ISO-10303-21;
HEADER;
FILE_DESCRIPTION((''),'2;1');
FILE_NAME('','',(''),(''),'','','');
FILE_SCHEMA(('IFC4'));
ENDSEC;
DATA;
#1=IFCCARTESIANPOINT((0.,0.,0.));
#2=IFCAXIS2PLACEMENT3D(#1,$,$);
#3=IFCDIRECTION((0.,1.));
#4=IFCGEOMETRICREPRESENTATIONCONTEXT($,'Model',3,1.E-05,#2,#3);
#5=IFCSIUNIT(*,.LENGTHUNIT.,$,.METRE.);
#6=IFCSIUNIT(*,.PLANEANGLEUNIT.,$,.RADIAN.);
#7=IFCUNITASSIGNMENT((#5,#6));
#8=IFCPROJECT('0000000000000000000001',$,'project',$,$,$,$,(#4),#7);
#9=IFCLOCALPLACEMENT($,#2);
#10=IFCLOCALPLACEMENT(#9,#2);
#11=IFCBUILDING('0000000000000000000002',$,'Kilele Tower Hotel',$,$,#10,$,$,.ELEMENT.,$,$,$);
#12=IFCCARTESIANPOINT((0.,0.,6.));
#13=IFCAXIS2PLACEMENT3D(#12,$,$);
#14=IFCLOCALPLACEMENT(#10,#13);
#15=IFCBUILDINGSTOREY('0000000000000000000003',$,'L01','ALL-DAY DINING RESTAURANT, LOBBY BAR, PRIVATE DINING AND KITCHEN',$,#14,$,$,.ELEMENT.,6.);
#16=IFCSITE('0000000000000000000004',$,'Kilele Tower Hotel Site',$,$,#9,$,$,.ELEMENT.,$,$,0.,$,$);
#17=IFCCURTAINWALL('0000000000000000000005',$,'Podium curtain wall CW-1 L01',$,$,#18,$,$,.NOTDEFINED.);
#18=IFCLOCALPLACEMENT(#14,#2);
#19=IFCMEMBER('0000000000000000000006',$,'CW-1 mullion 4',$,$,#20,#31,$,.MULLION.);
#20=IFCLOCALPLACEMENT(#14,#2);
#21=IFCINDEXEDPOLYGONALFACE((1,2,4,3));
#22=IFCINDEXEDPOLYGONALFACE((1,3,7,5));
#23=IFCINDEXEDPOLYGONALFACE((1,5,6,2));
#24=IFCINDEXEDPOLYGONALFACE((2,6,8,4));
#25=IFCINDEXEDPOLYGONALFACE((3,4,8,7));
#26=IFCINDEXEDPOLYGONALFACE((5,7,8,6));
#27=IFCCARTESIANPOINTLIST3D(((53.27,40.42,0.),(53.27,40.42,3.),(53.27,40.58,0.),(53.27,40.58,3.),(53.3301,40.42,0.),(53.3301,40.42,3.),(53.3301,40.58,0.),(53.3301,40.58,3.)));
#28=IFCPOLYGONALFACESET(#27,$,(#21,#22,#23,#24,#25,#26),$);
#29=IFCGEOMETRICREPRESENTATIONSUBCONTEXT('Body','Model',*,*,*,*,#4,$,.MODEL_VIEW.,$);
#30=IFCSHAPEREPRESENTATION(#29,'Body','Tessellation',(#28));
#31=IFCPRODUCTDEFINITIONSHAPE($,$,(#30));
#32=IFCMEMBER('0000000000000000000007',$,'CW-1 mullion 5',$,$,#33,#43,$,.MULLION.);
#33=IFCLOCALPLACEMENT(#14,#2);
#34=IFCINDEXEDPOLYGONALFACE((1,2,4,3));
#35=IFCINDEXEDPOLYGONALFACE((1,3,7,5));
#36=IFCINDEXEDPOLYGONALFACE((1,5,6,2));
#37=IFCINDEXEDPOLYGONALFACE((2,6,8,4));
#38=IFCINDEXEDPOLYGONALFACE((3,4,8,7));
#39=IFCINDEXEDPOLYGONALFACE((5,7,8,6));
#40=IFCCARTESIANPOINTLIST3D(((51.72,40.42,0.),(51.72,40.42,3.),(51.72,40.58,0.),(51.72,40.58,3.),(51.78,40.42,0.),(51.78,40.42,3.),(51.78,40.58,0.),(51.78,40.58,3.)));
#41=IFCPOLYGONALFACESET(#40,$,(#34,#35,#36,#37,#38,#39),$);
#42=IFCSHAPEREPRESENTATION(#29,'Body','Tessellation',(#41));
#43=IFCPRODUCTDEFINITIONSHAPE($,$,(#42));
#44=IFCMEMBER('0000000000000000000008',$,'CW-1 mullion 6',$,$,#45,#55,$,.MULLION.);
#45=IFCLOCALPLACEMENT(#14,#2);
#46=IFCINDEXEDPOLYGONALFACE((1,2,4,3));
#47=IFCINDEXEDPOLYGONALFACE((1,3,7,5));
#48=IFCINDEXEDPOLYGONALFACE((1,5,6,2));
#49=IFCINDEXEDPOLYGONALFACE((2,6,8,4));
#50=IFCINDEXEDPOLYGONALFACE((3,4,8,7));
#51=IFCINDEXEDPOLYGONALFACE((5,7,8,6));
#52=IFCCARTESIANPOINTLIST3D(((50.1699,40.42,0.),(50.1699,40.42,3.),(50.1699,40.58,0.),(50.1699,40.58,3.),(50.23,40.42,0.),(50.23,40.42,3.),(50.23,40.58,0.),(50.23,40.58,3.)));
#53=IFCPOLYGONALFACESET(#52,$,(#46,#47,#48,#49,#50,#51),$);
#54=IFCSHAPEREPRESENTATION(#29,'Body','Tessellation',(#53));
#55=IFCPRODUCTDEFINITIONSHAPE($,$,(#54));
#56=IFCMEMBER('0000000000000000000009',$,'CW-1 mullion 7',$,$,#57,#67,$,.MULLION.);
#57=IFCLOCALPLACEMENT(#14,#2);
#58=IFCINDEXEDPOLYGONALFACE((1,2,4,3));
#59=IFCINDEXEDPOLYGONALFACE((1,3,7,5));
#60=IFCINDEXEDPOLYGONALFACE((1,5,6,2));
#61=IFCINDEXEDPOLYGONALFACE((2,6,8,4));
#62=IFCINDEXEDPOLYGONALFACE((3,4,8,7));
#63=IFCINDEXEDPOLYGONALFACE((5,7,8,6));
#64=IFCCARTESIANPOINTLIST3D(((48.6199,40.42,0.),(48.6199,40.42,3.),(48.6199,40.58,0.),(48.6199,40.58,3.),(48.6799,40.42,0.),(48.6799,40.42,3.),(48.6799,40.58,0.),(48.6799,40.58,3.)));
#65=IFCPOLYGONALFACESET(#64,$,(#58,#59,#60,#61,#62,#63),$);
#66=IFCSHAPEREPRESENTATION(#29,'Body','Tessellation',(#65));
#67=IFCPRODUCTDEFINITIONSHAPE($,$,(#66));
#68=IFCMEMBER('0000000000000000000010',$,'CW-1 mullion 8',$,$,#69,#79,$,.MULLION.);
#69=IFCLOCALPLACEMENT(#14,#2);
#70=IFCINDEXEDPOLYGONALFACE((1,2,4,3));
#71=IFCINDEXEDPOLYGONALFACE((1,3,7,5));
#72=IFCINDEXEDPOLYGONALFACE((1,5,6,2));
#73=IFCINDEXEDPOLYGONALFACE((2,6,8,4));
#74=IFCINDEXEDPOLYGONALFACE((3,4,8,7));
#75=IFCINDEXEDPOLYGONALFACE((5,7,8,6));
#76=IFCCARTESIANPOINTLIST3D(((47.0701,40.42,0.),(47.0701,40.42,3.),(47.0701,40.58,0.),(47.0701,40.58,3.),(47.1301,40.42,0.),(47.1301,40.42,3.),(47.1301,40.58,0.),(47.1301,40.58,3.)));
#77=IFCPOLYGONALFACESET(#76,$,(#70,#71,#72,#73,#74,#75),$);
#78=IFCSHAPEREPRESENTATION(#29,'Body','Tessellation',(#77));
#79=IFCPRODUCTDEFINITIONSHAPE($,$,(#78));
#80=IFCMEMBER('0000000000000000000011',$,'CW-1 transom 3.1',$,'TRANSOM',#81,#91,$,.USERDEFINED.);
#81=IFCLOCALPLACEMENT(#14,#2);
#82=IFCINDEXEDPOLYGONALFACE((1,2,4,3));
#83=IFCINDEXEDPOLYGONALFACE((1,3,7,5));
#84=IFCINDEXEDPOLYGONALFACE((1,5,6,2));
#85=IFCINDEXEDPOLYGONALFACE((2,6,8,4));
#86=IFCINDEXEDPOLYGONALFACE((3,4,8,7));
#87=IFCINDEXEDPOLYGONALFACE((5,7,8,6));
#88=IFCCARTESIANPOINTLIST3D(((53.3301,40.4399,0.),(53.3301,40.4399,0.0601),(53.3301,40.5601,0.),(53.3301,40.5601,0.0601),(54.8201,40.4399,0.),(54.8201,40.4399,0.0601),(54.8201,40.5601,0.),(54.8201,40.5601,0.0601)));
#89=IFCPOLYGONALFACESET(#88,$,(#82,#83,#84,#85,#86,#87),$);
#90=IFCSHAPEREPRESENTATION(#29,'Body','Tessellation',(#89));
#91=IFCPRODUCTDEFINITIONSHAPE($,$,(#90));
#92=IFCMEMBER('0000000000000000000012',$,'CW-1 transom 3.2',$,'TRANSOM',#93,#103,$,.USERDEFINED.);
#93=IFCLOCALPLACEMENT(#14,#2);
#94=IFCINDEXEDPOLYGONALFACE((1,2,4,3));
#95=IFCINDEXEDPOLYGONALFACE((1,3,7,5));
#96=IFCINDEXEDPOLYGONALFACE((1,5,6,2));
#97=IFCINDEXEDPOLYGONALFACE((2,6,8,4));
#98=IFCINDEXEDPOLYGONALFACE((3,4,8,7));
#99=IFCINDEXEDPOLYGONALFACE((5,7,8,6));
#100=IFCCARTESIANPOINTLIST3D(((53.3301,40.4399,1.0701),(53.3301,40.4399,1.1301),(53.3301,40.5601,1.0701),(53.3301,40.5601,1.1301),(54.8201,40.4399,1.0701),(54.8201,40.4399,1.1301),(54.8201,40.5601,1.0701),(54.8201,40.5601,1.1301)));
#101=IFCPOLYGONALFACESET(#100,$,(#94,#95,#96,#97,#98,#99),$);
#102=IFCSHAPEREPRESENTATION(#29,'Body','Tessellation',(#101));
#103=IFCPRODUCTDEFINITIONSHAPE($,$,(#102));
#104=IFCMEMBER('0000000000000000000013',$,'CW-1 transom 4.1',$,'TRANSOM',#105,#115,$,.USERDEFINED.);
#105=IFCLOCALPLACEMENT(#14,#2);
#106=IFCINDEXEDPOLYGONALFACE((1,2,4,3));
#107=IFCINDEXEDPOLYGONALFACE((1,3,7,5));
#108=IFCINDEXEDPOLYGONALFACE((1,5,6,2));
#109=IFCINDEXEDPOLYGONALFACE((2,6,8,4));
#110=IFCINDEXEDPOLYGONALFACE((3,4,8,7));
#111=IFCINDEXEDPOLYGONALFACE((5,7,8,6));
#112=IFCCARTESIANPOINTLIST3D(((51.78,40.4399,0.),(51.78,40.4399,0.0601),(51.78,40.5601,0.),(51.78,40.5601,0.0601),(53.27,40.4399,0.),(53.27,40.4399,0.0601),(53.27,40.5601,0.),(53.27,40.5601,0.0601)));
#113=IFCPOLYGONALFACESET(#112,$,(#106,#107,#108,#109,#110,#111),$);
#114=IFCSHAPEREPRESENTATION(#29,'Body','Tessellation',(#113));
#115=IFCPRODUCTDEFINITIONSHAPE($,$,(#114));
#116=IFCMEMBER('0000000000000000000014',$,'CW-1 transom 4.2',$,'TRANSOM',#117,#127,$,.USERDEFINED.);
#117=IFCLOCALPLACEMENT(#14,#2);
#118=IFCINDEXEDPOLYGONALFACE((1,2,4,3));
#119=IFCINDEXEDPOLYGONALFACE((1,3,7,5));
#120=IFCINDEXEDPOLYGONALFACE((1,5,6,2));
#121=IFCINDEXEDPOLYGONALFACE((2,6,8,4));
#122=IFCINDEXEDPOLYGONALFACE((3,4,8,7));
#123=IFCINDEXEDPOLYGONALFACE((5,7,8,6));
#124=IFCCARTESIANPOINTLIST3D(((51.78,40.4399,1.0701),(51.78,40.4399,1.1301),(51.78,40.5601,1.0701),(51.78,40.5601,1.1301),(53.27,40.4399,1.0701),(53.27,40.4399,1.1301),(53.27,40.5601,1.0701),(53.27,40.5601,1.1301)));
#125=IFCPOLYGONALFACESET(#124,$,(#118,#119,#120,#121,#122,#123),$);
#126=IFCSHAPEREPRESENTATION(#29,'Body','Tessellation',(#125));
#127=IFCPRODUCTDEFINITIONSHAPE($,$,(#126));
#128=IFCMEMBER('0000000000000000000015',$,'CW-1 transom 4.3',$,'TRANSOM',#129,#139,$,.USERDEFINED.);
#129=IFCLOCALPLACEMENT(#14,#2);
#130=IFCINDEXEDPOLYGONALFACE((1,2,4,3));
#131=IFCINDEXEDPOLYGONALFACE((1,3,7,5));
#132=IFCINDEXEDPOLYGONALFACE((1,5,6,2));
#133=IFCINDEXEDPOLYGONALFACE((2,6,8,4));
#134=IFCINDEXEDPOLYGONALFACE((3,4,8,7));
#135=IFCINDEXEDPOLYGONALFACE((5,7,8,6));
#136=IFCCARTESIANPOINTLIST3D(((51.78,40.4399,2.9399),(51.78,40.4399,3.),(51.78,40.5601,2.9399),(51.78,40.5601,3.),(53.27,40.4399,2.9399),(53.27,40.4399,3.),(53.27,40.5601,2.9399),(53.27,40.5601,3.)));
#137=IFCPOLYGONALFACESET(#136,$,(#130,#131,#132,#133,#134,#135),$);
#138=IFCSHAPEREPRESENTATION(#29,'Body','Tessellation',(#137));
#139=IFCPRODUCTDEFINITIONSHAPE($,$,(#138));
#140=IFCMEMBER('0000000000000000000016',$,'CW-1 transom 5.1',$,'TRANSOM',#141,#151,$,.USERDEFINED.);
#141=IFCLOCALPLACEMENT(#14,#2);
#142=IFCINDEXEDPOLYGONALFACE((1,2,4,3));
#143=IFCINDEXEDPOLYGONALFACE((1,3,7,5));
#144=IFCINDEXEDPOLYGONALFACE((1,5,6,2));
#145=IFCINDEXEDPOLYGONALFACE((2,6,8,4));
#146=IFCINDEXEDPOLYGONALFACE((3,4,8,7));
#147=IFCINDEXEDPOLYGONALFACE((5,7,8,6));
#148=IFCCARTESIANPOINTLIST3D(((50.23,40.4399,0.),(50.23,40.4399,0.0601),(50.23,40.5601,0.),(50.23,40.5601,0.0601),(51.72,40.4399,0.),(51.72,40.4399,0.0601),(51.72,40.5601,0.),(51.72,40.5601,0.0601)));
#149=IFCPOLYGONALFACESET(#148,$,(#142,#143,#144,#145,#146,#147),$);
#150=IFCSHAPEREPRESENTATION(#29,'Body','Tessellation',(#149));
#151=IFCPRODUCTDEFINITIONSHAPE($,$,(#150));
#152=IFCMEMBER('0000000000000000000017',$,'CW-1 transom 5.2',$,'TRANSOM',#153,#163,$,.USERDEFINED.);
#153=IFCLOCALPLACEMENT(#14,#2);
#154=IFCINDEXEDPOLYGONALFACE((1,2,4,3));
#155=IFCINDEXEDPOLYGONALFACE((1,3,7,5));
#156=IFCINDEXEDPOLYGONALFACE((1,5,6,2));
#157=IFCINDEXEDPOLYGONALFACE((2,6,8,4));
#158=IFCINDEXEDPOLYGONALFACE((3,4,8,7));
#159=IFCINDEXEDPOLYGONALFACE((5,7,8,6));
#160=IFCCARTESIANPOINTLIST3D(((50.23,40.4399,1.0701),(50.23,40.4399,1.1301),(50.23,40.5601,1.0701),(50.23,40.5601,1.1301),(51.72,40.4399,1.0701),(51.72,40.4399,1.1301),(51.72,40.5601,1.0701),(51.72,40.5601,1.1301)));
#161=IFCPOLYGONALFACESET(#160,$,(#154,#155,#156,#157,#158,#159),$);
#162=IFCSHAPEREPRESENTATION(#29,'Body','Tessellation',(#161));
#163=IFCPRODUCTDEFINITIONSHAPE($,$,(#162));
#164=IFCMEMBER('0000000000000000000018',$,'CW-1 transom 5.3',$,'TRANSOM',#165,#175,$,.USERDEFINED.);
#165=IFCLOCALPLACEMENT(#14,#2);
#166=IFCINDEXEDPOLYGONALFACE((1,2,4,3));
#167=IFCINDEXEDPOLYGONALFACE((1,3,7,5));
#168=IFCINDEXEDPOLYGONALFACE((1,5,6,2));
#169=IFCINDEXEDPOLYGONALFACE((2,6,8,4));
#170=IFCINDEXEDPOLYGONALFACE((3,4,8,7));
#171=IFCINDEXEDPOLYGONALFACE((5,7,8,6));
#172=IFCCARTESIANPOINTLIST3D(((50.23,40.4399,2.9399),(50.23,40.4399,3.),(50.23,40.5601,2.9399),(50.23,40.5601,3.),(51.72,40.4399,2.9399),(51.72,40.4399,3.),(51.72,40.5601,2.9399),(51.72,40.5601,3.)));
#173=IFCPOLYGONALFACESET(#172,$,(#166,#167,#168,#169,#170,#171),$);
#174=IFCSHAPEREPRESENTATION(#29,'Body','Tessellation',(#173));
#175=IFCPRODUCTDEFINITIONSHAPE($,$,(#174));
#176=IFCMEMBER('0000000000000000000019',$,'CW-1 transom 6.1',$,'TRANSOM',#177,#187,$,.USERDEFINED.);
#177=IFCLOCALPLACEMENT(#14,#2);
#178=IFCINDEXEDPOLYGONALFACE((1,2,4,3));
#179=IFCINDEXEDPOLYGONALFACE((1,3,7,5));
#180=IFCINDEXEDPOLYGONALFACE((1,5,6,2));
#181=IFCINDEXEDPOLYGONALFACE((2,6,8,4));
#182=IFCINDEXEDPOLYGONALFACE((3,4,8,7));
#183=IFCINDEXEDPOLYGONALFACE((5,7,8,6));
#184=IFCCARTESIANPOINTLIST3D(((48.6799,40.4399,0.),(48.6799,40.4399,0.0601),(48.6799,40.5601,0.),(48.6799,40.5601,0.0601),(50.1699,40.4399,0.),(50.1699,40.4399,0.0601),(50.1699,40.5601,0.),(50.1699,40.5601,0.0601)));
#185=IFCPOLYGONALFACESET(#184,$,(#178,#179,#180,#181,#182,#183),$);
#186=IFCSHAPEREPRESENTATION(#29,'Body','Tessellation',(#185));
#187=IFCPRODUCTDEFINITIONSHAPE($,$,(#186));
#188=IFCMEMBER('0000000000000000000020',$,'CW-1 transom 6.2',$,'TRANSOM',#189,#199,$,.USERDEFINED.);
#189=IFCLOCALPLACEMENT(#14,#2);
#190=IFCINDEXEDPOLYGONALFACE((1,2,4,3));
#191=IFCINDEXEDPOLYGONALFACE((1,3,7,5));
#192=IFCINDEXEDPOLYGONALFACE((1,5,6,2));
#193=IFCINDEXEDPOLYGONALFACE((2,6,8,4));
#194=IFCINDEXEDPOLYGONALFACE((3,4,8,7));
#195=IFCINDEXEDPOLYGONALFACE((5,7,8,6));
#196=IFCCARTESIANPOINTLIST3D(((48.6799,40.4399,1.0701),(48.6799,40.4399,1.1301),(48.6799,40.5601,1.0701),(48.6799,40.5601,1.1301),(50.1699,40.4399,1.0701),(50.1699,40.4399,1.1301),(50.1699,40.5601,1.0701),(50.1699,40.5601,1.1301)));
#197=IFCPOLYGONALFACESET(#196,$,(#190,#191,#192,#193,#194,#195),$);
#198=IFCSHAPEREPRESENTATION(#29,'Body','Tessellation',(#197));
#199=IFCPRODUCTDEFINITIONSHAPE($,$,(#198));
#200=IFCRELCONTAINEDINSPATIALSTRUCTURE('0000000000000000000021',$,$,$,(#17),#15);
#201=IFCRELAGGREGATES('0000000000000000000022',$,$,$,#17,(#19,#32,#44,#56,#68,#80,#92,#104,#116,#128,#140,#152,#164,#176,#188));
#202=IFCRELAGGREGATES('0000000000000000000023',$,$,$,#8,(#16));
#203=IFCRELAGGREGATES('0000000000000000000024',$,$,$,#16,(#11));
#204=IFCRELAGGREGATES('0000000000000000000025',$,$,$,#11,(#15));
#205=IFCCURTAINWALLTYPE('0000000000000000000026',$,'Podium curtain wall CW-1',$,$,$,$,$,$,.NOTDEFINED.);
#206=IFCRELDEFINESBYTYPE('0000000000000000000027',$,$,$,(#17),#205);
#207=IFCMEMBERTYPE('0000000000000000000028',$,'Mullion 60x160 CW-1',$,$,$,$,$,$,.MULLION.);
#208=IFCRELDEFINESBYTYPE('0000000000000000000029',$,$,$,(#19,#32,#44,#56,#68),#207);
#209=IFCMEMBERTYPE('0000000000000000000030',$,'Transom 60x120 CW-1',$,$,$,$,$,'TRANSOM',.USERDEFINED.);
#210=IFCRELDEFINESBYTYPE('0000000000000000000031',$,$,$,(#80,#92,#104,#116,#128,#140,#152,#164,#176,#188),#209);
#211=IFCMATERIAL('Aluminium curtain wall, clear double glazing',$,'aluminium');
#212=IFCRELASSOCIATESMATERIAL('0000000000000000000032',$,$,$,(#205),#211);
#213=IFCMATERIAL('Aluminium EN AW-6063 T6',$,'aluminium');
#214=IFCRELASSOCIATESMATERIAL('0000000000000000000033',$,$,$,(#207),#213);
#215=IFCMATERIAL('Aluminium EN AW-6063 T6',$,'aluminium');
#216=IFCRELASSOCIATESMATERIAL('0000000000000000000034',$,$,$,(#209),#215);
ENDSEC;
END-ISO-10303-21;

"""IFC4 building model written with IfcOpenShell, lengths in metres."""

from ifc_helpers import new_model, si_unit, direction, frame, origin, origin_2d, place, context, subcontext, project, spatial, rectangle, extrude, material, material_profile, profile_set, type_object, element, aggregate, save


model = new_model("IFC4")

# Units and contexts
model_context = context("Model", 3, precision=1e-05, world=origin(), true_north=direction((0.0, 1.0)))
body_context = subcontext(model_context, "Body", "Model", "MODEL_VIEW")
ifc_project = project(units=[si_unit("LENGTHUNIT", "METRE"), si_unit("PLANEANGLEUNIT", "RADIAN")], contexts=[model_context])

# Site, building, storey
site_placement = place(None, origin())
site = spatial("IfcSite", under=ifc_project, at=site_placement, Name="Kilele Tower Hotel Site", CompositionType="ELEMENT", RefElevation=0.0)
building_placement = place(site_placement, origin())
building = spatial("IfcBuilding", under=site, at=building_placement, Name="Kilele Tower Hotel", CompositionType="ELEMENT")
storey_placement = place(building_placement, frame((0.0, 0.0, 6.0)))
storey = spatial("IfcBuildingStorey", under=building, at=storey_placement, Name="L01", Description="ALL-DAY DINING RESTAURANT, LOBBY BAR, PRIVATE DINING AND KITCHEN", CompositionType="ELEMENT", Elevation=6.0)

# Curtain wall, members
ifc_material_1 = material(Name="Aluminium curtain wall, clear double glazing", Category="aluminium")
curtain_wall_type = type_object("IfcCurtainWallType", Name="Podium curtain wall CW-1", PredefinedType="NOTDEFINED", material=ifc_material_1)
curtain_wall_placement = place(storey_placement, origin())
curtain_wall = element("IfcCurtainWall", 1, at=curtain_wall_placement, inside=storey, type_object=curtain_wall_type, Name="Podium curtain wall CW-1 L01", PredefinedType="NOTDEFINED")
ifc_material_2 = material(Name="Aluminium EN AW-6063 T6", Category="aluminium")
ifc_material_profile_1 = material_profile(ifc_material_2, rectangle(XDim=0.1599, YDim=0.0601, at=origin_2d()))
ifc_profile_set_1 = profile_set([ifc_material_profile_1], Name="Aluminium EN AW-6063 T6")
member_type_1 = type_object("IfcMemberType", Name="Mullion 60x160 CW-1", PredefinedType="MULLION", material=ifc_profile_set_1)
member_1_placement = place(storey_placement, frame((53.3, 40.5, 0.0), z_axis=(0.0, 0.0, 1.0), x_axis=(0.0, -1.0, 0.0)))
member_1 = element("IfcMember", 2, at=member_1_placement, type_object=member_type_1, Name="CW-1 mullion 4", PredefinedType="MULLION", context=body_context, shape_type="SweptSolid", body=[
    extrude(rectangle(XDim=0.1599, YDim=0.0601, at=origin_2d()), origin(), (0.0, 0.0, 1.0), 3.0),
])
member_2_placement = place(storey_placement, frame((51.75, 40.5, 0.0), z_axis=(0.0, 0.0, 1.0), x_axis=(0.0, -1.0, 0.0)))
member_2 = element("IfcMember", 3, at=member_2_placement, type_object=member_type_1, Name="CW-1 mullion 5", PredefinedType="MULLION", context=body_context, shape_type="SweptSolid", body=[
    extrude(rectangle(XDim=0.1599, YDim=0.0601, at=origin_2d()), origin(), (0.0, 0.0, 1.0), 3.0),
])
member_3_placement = place(storey_placement, frame((50.2, 40.5, 0.0), z_axis=(0.0, 0.0, 1.0), x_axis=(0.0, -1.0, 0.0)))
member_3 = element("IfcMember", 4, at=member_3_placement, type_object=member_type_1, Name="CW-1 mullion 6", PredefinedType="MULLION", context=body_context, shape_type="SweptSolid", body=[
    extrude(rectangle(XDim=0.1599, YDim=0.0601, at=origin_2d()), origin(), (0.0, 0.0, 1.0), 3.0),
])
member_4_placement = place(storey_placement, frame((48.6499, 40.5, 0.0), z_axis=(0.0, 0.0, 1.0), x_axis=(0.0, -1.0, 0.0)))
member_4 = element("IfcMember", 5, at=member_4_placement, type_object=member_type_1, Name="CW-1 mullion 7", PredefinedType="MULLION", context=body_context, shape_type="SweptSolid", body=[
    extrude(rectangle(XDim=0.1599, YDim=0.0601, at=origin_2d()), origin(), (0.0, 0.0, 1.0), 3.0),
])
member_5_placement = place(storey_placement, frame((47.1001, 40.5, 0.0), z_axis=(0.0, 0.0, 1.0), x_axis=(0.0, -1.0, 0.0)))
member_5 = element("IfcMember", 6, at=member_5_placement, type_object=member_type_1, Name="CW-1 mullion 8", PredefinedType="MULLION", context=body_context, shape_type="SweptSolid", body=[
    extrude(rectangle(XDim=0.1599, YDim=0.0601, at=origin_2d()), origin(), (0.0, 0.0, 1.0), 3.0),
])
ifc_material_3 = material(Name="Aluminium EN AW-6063 T6", Category="aluminium")
ifc_material_profile_2 = material_profile(ifc_material_3, rectangle(XDim=0.1201, YDim=0.0601, at=origin_2d()))
ifc_profile_set_2 = profile_set([ifc_material_profile_2], Name="Aluminium EN AW-6063 T6")
member_type_2 = type_object("IfcMemberType", Name="Transom 60x120 CW-1", ElementType="TRANSOM", PredefinedType="USERDEFINED", material=ifc_profile_set_2)
member_6_placement = place(storey_placement, frame((54.8201, 40.5, 0.03), z_axis=(-1.0, 0.0, 0.0), x_axis=(0.0, -1.0, 0.0)))
member_6 = element("IfcMember", 7, at=member_6_placement, type_object=member_type_2, Name="CW-1 transom 3.1", ObjectType="TRANSOM", PredefinedType="USERDEFINED", context=body_context, shape_type="SweptSolid", body=[
    extrude(rectangle(XDim=0.1201, YDim=0.0601, at=origin_2d()), origin(), (0.0, 0.0, 1.0), 1.49),
])
member_7_placement = place(storey_placement, frame((54.8201, 40.5, 1.1001), z_axis=(-1.0, 0.0, 0.0), x_axis=(0.0, -1.0, 0.0)))
member_7 = element("IfcMember", 8, at=member_7_placement, type_object=member_type_2, Name="CW-1 transom 3.2", ObjectType="TRANSOM", PredefinedType="USERDEFINED", context=body_context, shape_type="SweptSolid", body=[
    extrude(rectangle(XDim=0.1201, YDim=0.0601, at=origin_2d()), origin(), (0.0, 0.0, 1.0), 1.49),
])
member_8_placement = place(storey_placement, frame((53.27, 40.5, 0.03), z_axis=(-1.0, 0.0, 0.0), x_axis=(0.0, -1.0, 0.0)))
member_8 = element("IfcMember", 9, at=member_8_placement, type_object=member_type_2, Name="CW-1 transom 4.1", ObjectType="TRANSOM", PredefinedType="USERDEFINED", context=body_context, shape_type="SweptSolid", body=[
    extrude(rectangle(XDim=0.1201, YDim=0.0601, at=origin_2d()), origin(), (0.0, 0.0, 1.0), 1.49),
])
member_9_placement = place(storey_placement, frame((53.27, 40.5, 1.1001), z_axis=(-1.0, 0.0, 0.0), x_axis=(0.0, -1.0, 0.0)))
member_9 = element("IfcMember", 10, at=member_9_placement, type_object=member_type_2, Name="CW-1 transom 4.2", ObjectType="TRANSOM", PredefinedType="USERDEFINED", context=body_context, shape_type="SweptSolid", body=[
    extrude(rectangle(XDim=0.1201, YDim=0.0601, at=origin_2d()), origin(), (0.0, 0.0, 1.0), 1.49),
])
member_10_placement = place(storey_placement, frame((53.27, 40.5, 2.97), z_axis=(-1.0, 0.0, 0.0), x_axis=(0.0, -1.0, 0.0)))
member_10 = element("IfcMember", 11, at=member_10_placement, type_object=member_type_2, Name="CW-1 transom 4.3", ObjectType="TRANSOM", PredefinedType="USERDEFINED", context=body_context, shape_type="SweptSolid", body=[
    extrude(rectangle(XDim=0.1201, YDim=0.0601, at=origin_2d()), origin(), (0.0, 0.0, 1.0), 1.49),
])
member_11_placement = place(storey_placement, frame((51.72, 40.5, 0.03), z_axis=(-1.0, 0.0, 0.0), x_axis=(0.0, -1.0, 0.0)))
member_11 = element("IfcMember", 12, at=member_11_placement, type_object=member_type_2, Name="CW-1 transom 5.1", ObjectType="TRANSOM", PredefinedType="USERDEFINED", context=body_context, shape_type="SweptSolid", body=[
    extrude(rectangle(XDim=0.1201, YDim=0.0601, at=origin_2d()), origin(), (0.0, 0.0, 1.0), 1.49),
])
member_12_placement = place(storey_placement, frame((51.72, 40.5, 1.1001), z_axis=(-1.0, 0.0, 0.0), x_axis=(0.0, -1.0, 0.0)))
member_12 = element("IfcMember", 13, at=member_12_placement, type_object=member_type_2, Name="CW-1 transom 5.2", ObjectType="TRANSOM", PredefinedType="USERDEFINED", context=body_context, shape_type="SweptSolid", body=[
    extrude(rectangle(XDim=0.1201, YDim=0.0601, at=origin_2d()), origin(), (0.0, 0.0, 1.0), 1.49),
])
member_13_placement = place(storey_placement, frame((51.72, 40.5, 2.97), z_axis=(-1.0, 0.0, 0.0), x_axis=(0.0, -1.0, 0.0)))
member_13 = element("IfcMember", 14, at=member_13_placement, type_object=member_type_2, Name="CW-1 transom 5.3", ObjectType="TRANSOM", PredefinedType="USERDEFINED", context=body_context, shape_type="SweptSolid", body=[
    extrude(rectangle(XDim=0.1201, YDim=0.0601, at=origin_2d()), origin(), (0.0, 0.0, 1.0), 1.49),
])
member_14_placement = place(storey_placement, frame((50.1699, 40.5, 0.03), z_axis=(-1.0, 0.0, 0.0), x_axis=(0.0, -1.0, 0.0)))
member_14 = element("IfcMember", 15, at=member_14_placement, type_object=member_type_2, Name="CW-1 transom 6.1", ObjectType="TRANSOM", PredefinedType="USERDEFINED", context=body_context, shape_type="SweptSolid", body=[
    extrude(rectangle(XDim=0.1201, YDim=0.0601, at=origin_2d()), origin(), (0.0, 0.0, 1.0), 1.49),
])
member_15_placement = place(storey_placement, frame((50.1699, 40.5, 1.1001), z_axis=(-1.0, 0.0, 0.0), x_axis=(0.0, -1.0, 0.0)))
member_15 = element("IfcMember", 16, at=member_15_placement, type_object=member_type_2, Name="CW-1 transom 6.2", ObjectType="TRANSOM", PredefinedType="USERDEFINED", context=body_context, shape_type="SweptSolid", body=[
    extrude(rectangle(XDim=0.1201, YDim=0.0601, at=origin_2d()), origin(), (0.0, 0.0, 1.0), 1.49),
])
aggregate(curtain_wall, [member_1, member_2, member_3, member_4, member_5, member_6, member_7, member_8, member_9, member_10, member_11, member_12, member_13, member_14, member_15])

save(model, "model.ifc")
